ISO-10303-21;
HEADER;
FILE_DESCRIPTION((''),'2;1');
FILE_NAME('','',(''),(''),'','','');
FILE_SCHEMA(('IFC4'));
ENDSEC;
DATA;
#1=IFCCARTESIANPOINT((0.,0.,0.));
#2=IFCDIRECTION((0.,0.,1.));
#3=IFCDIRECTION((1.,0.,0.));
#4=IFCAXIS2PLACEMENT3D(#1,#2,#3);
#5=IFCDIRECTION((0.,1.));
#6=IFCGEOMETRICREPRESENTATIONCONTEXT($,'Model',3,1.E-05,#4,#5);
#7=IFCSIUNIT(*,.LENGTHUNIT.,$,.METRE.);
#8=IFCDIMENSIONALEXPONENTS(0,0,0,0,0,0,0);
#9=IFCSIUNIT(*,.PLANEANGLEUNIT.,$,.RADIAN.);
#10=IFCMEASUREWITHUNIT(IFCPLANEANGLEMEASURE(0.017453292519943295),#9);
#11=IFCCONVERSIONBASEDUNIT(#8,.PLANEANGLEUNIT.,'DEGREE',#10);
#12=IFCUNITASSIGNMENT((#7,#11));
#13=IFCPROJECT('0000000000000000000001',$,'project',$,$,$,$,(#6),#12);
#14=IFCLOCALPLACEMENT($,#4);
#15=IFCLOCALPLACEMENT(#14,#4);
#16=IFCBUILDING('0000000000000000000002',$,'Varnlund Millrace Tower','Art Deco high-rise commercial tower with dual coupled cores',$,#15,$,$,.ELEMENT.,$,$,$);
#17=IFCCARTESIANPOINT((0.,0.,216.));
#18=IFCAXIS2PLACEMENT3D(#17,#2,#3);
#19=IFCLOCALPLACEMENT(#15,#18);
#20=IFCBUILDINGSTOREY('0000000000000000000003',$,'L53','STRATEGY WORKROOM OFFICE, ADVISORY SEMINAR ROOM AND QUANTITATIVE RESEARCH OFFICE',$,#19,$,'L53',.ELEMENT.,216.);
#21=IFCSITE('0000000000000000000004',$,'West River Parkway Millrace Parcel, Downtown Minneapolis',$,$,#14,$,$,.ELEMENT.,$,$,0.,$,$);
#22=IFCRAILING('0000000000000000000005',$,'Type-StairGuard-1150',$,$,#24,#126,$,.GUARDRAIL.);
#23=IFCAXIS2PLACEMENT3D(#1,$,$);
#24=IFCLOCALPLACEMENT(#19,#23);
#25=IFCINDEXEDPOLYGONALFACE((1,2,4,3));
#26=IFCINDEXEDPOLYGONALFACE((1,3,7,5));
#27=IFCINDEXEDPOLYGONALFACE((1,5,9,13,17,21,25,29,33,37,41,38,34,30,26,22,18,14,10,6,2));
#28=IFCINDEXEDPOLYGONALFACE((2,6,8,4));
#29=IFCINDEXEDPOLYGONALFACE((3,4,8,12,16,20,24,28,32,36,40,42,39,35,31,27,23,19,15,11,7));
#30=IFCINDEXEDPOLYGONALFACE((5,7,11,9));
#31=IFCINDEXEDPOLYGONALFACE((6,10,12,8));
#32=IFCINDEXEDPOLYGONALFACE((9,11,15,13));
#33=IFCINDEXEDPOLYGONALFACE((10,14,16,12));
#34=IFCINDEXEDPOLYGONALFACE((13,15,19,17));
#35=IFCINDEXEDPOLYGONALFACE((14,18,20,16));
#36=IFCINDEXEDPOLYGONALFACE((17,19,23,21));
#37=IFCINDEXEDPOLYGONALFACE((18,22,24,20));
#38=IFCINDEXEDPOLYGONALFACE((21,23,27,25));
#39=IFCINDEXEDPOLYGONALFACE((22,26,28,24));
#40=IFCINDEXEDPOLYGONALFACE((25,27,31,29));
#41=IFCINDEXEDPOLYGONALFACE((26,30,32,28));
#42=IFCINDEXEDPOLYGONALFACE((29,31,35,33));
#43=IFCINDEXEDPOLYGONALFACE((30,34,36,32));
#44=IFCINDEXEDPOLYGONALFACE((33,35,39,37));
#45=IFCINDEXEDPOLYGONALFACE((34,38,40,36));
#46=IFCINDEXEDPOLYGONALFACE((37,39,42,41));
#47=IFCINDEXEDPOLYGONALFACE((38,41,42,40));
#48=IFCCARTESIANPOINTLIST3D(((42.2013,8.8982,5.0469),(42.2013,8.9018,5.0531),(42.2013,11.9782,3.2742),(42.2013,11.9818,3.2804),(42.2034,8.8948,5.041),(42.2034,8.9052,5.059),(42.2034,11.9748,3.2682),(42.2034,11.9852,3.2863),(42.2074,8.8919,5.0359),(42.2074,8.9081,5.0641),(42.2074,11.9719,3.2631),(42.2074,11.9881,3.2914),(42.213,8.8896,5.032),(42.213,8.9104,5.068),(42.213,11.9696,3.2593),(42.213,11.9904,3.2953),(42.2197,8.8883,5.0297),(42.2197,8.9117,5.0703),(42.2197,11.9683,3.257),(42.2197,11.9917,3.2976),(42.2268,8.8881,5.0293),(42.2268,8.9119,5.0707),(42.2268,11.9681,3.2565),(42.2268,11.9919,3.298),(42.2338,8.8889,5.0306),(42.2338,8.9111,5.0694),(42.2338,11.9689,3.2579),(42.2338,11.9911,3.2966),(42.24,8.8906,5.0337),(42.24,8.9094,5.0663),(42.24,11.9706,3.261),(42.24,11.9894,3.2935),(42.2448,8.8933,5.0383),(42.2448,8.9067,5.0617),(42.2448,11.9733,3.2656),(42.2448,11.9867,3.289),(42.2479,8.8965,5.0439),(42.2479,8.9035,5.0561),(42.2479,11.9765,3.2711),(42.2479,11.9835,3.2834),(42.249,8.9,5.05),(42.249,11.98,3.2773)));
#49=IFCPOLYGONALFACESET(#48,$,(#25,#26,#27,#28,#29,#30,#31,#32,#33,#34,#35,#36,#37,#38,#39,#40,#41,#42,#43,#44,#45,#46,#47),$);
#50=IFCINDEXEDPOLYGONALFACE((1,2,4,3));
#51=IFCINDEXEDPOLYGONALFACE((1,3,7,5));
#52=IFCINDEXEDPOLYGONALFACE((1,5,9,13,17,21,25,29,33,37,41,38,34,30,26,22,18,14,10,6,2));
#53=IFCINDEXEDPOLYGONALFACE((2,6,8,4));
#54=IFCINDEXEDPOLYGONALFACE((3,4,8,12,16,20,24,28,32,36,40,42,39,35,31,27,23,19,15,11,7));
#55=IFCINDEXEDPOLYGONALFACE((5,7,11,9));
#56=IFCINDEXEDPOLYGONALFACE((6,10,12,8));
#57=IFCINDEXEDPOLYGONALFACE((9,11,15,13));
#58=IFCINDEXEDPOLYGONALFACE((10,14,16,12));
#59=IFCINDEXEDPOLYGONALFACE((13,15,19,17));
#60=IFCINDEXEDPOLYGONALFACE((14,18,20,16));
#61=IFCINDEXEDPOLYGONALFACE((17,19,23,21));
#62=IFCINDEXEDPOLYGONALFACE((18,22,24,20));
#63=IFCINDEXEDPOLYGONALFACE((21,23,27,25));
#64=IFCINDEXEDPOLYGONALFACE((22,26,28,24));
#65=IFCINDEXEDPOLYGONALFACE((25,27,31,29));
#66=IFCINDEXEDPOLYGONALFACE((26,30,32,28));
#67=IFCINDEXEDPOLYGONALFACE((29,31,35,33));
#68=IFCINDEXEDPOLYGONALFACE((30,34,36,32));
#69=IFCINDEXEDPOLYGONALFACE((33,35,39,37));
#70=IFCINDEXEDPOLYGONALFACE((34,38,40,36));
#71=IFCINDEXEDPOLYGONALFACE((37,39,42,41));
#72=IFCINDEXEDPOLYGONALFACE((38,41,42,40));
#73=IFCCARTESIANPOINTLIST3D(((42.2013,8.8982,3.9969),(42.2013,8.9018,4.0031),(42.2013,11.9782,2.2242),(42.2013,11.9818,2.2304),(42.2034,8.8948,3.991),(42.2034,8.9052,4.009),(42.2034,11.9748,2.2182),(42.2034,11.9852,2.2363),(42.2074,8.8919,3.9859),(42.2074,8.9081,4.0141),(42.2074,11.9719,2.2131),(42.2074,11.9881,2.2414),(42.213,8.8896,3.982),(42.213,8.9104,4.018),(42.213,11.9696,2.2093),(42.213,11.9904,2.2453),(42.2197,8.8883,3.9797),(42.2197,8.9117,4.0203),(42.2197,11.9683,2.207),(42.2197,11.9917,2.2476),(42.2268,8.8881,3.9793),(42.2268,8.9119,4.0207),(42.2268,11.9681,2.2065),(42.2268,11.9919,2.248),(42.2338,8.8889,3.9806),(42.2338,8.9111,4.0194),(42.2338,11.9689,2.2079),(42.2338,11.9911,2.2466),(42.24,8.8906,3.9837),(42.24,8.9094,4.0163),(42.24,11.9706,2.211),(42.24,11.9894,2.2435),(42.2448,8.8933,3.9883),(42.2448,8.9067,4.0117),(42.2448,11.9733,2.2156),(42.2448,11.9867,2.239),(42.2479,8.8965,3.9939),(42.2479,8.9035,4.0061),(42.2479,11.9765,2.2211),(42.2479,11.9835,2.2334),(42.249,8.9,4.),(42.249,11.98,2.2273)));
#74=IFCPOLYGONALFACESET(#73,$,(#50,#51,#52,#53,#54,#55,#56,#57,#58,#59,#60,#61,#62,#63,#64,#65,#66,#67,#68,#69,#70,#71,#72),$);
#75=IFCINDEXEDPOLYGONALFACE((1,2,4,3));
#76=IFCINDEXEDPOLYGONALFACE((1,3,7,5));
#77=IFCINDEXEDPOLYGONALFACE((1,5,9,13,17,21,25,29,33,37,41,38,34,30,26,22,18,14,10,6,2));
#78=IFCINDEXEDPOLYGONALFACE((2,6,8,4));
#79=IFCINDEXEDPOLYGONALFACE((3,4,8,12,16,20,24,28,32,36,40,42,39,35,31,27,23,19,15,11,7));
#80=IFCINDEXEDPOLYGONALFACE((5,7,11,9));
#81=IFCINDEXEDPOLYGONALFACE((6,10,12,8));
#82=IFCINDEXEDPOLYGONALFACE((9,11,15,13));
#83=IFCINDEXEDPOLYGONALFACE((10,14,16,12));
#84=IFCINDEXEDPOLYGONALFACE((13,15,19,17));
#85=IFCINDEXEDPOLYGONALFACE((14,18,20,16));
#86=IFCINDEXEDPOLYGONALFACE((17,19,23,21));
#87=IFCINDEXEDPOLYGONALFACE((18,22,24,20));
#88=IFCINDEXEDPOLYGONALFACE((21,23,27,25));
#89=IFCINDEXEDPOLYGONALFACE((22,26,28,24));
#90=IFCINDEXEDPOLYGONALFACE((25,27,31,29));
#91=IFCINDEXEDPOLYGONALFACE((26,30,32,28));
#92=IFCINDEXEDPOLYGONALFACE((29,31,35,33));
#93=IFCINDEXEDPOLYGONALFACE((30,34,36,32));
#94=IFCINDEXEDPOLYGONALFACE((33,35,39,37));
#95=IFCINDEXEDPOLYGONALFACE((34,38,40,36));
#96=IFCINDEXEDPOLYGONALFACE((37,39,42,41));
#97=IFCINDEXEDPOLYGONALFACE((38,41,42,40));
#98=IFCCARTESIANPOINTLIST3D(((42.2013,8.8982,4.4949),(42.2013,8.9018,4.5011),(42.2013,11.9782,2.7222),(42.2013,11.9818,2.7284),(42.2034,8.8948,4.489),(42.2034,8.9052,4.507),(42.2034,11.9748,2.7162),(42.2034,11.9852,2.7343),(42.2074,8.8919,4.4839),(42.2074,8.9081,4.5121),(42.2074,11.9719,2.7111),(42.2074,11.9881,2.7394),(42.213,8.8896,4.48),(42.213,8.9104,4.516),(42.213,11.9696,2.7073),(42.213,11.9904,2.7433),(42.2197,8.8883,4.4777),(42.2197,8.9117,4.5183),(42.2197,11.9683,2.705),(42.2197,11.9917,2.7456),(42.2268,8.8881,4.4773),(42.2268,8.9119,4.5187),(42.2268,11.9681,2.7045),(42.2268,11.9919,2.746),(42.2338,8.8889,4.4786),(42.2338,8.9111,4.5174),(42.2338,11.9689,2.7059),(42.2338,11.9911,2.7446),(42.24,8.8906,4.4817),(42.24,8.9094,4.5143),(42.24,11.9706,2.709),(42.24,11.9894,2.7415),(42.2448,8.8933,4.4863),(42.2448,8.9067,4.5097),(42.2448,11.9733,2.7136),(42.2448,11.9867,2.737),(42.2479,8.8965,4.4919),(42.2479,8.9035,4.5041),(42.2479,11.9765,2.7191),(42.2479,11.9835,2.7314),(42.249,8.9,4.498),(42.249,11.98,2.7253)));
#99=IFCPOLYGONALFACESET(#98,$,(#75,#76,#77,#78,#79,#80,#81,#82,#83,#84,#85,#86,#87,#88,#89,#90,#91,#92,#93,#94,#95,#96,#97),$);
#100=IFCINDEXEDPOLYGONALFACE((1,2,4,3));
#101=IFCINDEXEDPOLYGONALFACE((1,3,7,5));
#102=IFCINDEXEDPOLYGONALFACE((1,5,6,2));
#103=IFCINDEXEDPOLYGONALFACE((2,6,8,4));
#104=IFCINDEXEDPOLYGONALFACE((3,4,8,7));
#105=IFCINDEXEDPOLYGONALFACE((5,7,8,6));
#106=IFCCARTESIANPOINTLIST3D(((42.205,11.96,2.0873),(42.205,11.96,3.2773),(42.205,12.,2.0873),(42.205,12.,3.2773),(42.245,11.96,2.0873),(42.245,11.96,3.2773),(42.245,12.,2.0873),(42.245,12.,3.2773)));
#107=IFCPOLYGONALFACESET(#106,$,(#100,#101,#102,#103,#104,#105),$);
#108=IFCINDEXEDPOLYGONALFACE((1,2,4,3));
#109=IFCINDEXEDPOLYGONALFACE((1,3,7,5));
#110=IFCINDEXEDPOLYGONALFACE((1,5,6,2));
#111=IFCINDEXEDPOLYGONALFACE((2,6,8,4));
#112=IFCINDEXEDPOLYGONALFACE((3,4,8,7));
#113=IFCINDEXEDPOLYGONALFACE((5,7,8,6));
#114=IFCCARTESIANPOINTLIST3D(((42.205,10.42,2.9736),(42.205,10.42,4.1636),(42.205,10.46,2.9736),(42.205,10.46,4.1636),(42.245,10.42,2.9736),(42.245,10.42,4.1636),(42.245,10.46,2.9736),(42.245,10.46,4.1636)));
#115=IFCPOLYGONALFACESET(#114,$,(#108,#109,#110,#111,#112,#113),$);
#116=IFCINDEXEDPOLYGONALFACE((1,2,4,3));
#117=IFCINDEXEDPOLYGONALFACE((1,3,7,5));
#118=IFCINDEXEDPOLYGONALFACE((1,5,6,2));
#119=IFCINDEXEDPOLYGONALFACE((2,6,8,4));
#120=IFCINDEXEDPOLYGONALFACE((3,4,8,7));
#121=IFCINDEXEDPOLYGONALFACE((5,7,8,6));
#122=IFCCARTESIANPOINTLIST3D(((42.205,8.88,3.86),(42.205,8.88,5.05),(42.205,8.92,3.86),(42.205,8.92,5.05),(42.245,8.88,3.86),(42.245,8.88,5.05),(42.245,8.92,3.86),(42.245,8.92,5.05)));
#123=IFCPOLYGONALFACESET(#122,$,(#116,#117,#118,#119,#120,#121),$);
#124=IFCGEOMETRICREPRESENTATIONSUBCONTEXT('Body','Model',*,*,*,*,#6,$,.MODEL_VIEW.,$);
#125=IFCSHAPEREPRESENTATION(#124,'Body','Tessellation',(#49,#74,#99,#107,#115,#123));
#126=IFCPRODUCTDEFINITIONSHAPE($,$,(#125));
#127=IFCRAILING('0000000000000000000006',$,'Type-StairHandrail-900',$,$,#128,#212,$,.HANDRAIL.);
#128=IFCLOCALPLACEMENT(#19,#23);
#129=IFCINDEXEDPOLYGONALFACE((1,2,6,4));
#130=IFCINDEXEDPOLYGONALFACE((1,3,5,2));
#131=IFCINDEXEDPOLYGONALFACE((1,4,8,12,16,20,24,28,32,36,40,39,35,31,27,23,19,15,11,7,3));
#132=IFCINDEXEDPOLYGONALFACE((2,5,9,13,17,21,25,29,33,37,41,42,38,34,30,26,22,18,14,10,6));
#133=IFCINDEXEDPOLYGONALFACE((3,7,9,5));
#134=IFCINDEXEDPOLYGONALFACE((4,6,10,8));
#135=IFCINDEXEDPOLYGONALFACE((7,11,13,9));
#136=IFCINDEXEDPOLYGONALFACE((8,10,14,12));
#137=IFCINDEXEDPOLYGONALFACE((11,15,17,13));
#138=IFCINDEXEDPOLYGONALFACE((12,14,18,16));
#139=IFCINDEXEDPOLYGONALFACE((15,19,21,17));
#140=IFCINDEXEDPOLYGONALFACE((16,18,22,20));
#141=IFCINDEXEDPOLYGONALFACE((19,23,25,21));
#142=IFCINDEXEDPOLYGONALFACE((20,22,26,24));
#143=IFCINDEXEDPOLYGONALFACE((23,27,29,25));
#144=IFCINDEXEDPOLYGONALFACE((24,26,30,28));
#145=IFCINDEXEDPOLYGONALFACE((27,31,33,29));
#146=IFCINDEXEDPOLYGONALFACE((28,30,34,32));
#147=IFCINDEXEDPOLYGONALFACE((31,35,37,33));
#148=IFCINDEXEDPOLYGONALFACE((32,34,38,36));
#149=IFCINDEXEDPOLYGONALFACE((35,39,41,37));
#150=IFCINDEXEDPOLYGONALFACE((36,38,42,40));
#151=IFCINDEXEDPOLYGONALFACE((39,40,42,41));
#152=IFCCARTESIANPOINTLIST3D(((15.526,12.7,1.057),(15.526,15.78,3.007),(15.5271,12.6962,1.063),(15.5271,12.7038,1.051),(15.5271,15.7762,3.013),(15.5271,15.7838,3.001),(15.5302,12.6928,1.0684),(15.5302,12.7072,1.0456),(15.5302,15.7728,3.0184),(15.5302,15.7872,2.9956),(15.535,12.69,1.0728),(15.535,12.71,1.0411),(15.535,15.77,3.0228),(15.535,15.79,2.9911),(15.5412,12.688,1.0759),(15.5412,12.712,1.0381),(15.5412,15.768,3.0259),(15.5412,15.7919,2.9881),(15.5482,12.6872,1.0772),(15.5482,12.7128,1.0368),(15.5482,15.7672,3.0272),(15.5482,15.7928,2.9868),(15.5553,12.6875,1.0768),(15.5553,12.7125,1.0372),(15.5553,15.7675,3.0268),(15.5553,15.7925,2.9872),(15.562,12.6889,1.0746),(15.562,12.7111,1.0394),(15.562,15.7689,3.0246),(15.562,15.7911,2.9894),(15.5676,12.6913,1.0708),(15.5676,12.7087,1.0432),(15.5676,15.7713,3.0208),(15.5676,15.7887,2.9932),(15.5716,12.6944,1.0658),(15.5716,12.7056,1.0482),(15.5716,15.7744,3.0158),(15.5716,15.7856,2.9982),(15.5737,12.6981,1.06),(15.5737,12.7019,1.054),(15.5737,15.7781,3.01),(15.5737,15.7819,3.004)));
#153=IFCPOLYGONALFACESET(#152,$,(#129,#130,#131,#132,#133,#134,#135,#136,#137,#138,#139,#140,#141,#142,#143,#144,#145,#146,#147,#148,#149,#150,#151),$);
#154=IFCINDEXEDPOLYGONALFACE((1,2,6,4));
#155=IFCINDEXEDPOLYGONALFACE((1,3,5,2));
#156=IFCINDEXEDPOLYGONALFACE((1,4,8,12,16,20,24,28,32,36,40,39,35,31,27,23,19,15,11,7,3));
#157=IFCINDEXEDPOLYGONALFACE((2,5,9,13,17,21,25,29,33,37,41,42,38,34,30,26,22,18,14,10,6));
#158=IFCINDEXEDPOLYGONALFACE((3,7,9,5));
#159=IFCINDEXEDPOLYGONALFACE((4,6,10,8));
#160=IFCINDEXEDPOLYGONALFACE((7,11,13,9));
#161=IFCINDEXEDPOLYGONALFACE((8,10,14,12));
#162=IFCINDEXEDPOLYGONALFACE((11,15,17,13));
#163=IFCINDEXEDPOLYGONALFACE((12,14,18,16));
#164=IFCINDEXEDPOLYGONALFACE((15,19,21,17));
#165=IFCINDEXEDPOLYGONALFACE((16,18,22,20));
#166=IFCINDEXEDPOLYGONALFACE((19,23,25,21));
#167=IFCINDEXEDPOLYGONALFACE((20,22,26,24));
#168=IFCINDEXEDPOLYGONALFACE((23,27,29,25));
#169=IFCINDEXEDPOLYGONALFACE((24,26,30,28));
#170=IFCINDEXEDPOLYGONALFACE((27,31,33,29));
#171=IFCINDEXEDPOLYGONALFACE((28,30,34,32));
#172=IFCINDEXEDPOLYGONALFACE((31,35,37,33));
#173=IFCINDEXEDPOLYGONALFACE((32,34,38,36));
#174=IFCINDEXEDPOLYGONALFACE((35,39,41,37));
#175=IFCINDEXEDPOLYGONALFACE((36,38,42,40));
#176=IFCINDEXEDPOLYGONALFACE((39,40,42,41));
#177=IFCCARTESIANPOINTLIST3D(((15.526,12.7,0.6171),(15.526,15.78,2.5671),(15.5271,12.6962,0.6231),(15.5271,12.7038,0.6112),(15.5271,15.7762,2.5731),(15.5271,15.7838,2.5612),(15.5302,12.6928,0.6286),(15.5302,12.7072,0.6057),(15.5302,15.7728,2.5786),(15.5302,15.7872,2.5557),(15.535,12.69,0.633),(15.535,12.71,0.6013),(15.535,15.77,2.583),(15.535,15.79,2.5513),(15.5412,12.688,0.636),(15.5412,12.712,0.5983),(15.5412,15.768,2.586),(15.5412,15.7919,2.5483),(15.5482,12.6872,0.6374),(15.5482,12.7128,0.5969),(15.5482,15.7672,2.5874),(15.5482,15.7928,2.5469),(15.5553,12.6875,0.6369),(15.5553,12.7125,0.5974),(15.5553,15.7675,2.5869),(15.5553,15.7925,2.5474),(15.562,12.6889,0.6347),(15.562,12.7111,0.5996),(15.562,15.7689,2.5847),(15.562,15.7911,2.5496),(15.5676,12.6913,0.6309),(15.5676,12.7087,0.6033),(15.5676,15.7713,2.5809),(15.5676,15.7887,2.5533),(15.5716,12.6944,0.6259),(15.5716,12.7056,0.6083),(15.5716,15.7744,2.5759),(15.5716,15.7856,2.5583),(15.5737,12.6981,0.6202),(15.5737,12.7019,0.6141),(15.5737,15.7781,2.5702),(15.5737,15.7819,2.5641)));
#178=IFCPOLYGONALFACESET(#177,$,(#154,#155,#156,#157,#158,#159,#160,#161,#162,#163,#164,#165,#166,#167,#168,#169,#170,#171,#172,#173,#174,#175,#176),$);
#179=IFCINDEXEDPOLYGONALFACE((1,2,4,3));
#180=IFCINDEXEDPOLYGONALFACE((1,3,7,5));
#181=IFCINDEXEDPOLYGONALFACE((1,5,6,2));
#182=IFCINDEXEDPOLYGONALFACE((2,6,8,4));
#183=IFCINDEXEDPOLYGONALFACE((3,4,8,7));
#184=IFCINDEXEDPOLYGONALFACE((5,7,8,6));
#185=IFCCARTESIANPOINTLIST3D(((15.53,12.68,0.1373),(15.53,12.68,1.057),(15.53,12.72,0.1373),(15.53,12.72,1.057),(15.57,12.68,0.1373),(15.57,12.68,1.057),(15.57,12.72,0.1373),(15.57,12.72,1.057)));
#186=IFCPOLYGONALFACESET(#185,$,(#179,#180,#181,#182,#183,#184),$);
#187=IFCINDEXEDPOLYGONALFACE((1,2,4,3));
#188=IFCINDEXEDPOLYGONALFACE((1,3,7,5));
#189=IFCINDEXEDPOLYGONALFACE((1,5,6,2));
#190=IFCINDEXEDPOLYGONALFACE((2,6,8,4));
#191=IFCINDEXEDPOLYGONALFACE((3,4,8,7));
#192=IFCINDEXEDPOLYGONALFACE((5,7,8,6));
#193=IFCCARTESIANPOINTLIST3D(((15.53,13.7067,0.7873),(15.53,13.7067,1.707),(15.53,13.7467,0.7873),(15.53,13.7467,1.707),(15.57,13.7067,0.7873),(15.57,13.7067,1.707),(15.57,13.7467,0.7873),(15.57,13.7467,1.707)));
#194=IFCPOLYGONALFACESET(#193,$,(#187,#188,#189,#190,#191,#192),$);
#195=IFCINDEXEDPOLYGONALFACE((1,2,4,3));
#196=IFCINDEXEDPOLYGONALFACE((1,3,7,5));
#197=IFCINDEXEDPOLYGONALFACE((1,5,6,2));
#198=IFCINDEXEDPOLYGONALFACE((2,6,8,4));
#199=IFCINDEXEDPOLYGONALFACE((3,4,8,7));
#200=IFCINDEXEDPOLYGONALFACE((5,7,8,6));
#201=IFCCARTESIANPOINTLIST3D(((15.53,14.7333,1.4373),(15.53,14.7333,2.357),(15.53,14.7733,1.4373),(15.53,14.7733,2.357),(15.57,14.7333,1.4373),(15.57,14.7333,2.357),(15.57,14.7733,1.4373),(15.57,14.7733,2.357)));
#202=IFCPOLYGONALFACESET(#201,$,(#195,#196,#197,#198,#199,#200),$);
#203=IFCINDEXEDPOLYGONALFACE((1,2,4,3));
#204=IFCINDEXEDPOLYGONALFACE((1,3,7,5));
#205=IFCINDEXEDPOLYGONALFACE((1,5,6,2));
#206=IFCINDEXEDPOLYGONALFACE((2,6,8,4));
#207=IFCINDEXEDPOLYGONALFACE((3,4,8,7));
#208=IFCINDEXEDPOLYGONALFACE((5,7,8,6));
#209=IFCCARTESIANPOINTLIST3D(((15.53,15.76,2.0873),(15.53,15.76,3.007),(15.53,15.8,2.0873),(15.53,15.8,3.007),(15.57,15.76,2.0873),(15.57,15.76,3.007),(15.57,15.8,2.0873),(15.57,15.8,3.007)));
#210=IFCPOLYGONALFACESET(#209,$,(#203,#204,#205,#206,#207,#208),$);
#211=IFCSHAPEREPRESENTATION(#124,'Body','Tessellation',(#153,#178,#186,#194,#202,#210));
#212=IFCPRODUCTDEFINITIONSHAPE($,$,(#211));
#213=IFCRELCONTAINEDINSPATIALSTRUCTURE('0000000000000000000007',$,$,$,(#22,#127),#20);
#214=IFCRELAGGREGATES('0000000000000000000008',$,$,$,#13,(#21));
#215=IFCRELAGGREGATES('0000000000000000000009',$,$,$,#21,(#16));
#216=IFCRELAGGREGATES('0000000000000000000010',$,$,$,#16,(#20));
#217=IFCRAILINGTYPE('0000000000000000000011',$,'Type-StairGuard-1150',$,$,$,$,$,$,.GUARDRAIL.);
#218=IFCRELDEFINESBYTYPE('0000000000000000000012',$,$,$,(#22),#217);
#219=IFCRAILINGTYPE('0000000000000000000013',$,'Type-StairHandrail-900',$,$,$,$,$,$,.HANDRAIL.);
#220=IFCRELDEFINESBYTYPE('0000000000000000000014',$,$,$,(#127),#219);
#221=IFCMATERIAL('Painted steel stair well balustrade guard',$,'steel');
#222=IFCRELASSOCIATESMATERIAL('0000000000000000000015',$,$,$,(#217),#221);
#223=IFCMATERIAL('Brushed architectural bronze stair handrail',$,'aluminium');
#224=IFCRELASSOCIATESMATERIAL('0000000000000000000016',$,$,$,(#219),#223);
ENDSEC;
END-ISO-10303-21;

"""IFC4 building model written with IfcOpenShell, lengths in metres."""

from ifc_helpers import new_model, entity, si_unit, converted_unit, direction, frame, origin_with_axes, origin_2d_with_axis, place, context, subcontext, project, spatial, rectangle, circle, extrude, material, type_object, element, save


model = new_model("IFC4")

# Units and contexts
model_context = context("Model", 3, precision=1e-05, world=origin_with_axes(), true_north=direction((0.0, 1.0)))
body_context = subcontext(model_context, "Body", "Model", "MODEL_VIEW")
ifc_project = project(units=[si_unit("LENGTHUNIT", "METRE"), converted_unit("PLANEANGLEUNIT", "DEGREE", entity("IfcPlaneAngleMeasure", 0.017453292519943295), si_unit("PLANEANGLEUNIT", "RADIAN"), dimensions=[0, 0, 0, 0, 0, 0, 0])], contexts=[model_context])

# Site, building, storey
site_placement = place(None, origin_with_axes())
site = spatial("IfcSite", under=ifc_project, at=site_placement, Name="West River Parkway Millrace Parcel, Downtown Minneapolis", CompositionType="ELEMENT", RefElevation=0.0)
building_placement = place(site_placement, origin_with_axes())
building = spatial("IfcBuilding", under=site, at=building_placement, Name="Varnlund Millrace Tower", Description="Art Deco high-rise commercial tower with dual coupled cores", CompositionType="ELEMENT")
storey_placement = place(building_placement, frame((0.0, 0.0, 216.0), z_axis=(0.0, 0.0, 1.0), x_axis=(1.0, 0.0, 0.0)))
storey = spatial("IfcBuildingStorey", under=building, at=storey_placement, Name="L53", Description="STRATEGY WORKROOM OFFICE, ADVISORY SEMINAR ROOM AND QUANTITATIVE RESEARCH OFFICE", LongName="L53", CompositionType="ELEMENT", Elevation=216.0)

# Railings
ifc_material_1 = material(Name="Painted steel stair well balustrade guard", Category="steel")
railing_type_1 = type_object("IfcRailingType", Name="Type-StairGuard-1150", PredefinedType="GUARDRAIL", material=ifc_material_1)
railing_1_placement = place(storey_placement, frame((0.0, 0.0, -216.0), z_axis=(0.0, 0.0, 1.0), x_axis=(1.0, 0.0, 0.0)))
element("IfcRailing", 1, at=railing_1_placement, inside=storey, type_object=railing_type_1, Name="Type-StairGuard-1150", PredefinedType="GUARDRAIL", context=body_context, shape_type="SweptSolid", body=[
    extrude(circle(Radius=0.024, at=origin_2d_with_axis()), frame((42.225, 11.98, 219.2773), z_axis=(0.0, -0.866696, 0.498836), x_axis=(1.0, 0.0, 0.0)), (0.0, 0.0, 1.0), 3.5537),
    extrude(circle(Radius=0.024, at=origin_2d_with_axis()), frame((42.225, 11.98, 218.2273), z_axis=(0.0, -0.866696, 0.498836), x_axis=(1.0, 0.0, 0.0)), (0.0, 0.0, 1.0), 3.5537),
    extrude(circle(Radius=0.024, at=origin_2d_with_axis()), frame((42.225, 11.98, 218.7253), z_axis=(0.0, -0.866696, 0.498836), x_axis=(1.0, 0.0, 0.0)), (0.0, 0.0, 1.0), 3.5537),
    extrude(rectangle(XDim=0.04, YDim=0.04, at=origin_2d_with_axis()), frame((42.225, 11.98, 218.0873), z_axis=(0.0, 0.0, 1.0), x_axis=(1.0, 0.0, 0.0)), (0.0, 0.0, 1.0), 1.19),
    extrude(rectangle(XDim=0.04, YDim=0.04, at=origin_2d_with_axis()), frame((42.225, 10.44, 218.9736), z_axis=(0.0, 0.0, 1.0), x_axis=(1.0, 0.0, 0.0)), (0.0, 0.0, 1.0), 1.19),
    extrude(rectangle(XDim=0.04, YDim=0.04, at=origin_2d_with_axis()), frame((42.225, 8.9, 219.86), z_axis=(0.0, 0.0, 1.0), x_axis=(1.0, 0.0, 0.0)), (0.0, 0.0, 1.0), 1.19),
])
ifc_material_2 = material(Name="Brushed architectural bronze stair handrail", Category="aluminium")
railing_type_2 = type_object("IfcRailingType", Name="Type-StairHandrail-900", PredefinedType="HANDRAIL", material=ifc_material_2)
railing_2_placement = place(storey_placement, frame((0.0, 0.0, -216.0), z_axis=(0.0, 0.0, 1.0), x_axis=(1.0, 0.0, 0.0)))
element("IfcRailing", 2, at=railing_2_placement, inside=storey, type_object=railing_type_2, Name="Type-StairHandrail-900", PredefinedType="HANDRAIL", context=body_context, shape_type="SweptSolid", body=[
    extrude(circle(Radius=0.024, at=origin_2d_with_axis()), frame((15.55, 12.7, 217.057), z_axis=(0.0, 0.844902, 0.534922), x_axis=(-1.0, 0.0, 0.0)), (0.0, 0.0, 1.0), 3.6454),
    extrude(circle(Radius=0.024, at=origin_2d_with_axis()), frame((15.55, 12.7, 216.6171), z_axis=(0.0, 0.844902, 0.534922), x_axis=(-1.0, 0.0, 0.0)), (0.0, 0.0, 1.0), 3.6454),
    extrude(rectangle(XDim=0.04, YDim=0.04, at=origin_2d_with_axis()), frame((15.55, 12.7, 216.1373), z_axis=(0.0, 0.0, 1.0), x_axis=(1.0, 0.0, 0.0)), (0.0, 0.0, 1.0), 0.9197),
    extrude(rectangle(XDim=0.04, YDim=0.04, at=origin_2d_with_axis()), frame((15.55, 13.7267, 216.7873), z_axis=(0.0, 0.0, 1.0), x_axis=(1.0, 0.0, 0.0)), (0.0, 0.0, 1.0), 0.9197),
    extrude(rectangle(XDim=0.04, YDim=0.04, at=origin_2d_with_axis()), frame((15.55, 14.7533, 217.4373), z_axis=(0.0, 0.0, 1.0), x_axis=(1.0, 0.0, 0.0)), (0.0, 0.0, 1.0), 0.9197),
    extrude(rectangle(XDim=0.04, YDim=0.04, at=origin_2d_with_axis()), frame((15.55, 15.78, 218.0873), z_axis=(0.0, 0.0, 1.0), x_axis=(1.0, 0.0, 0.0)), (0.0, 0.0, 1.0), 0.9197),
])

save(model, "model.ifc")
